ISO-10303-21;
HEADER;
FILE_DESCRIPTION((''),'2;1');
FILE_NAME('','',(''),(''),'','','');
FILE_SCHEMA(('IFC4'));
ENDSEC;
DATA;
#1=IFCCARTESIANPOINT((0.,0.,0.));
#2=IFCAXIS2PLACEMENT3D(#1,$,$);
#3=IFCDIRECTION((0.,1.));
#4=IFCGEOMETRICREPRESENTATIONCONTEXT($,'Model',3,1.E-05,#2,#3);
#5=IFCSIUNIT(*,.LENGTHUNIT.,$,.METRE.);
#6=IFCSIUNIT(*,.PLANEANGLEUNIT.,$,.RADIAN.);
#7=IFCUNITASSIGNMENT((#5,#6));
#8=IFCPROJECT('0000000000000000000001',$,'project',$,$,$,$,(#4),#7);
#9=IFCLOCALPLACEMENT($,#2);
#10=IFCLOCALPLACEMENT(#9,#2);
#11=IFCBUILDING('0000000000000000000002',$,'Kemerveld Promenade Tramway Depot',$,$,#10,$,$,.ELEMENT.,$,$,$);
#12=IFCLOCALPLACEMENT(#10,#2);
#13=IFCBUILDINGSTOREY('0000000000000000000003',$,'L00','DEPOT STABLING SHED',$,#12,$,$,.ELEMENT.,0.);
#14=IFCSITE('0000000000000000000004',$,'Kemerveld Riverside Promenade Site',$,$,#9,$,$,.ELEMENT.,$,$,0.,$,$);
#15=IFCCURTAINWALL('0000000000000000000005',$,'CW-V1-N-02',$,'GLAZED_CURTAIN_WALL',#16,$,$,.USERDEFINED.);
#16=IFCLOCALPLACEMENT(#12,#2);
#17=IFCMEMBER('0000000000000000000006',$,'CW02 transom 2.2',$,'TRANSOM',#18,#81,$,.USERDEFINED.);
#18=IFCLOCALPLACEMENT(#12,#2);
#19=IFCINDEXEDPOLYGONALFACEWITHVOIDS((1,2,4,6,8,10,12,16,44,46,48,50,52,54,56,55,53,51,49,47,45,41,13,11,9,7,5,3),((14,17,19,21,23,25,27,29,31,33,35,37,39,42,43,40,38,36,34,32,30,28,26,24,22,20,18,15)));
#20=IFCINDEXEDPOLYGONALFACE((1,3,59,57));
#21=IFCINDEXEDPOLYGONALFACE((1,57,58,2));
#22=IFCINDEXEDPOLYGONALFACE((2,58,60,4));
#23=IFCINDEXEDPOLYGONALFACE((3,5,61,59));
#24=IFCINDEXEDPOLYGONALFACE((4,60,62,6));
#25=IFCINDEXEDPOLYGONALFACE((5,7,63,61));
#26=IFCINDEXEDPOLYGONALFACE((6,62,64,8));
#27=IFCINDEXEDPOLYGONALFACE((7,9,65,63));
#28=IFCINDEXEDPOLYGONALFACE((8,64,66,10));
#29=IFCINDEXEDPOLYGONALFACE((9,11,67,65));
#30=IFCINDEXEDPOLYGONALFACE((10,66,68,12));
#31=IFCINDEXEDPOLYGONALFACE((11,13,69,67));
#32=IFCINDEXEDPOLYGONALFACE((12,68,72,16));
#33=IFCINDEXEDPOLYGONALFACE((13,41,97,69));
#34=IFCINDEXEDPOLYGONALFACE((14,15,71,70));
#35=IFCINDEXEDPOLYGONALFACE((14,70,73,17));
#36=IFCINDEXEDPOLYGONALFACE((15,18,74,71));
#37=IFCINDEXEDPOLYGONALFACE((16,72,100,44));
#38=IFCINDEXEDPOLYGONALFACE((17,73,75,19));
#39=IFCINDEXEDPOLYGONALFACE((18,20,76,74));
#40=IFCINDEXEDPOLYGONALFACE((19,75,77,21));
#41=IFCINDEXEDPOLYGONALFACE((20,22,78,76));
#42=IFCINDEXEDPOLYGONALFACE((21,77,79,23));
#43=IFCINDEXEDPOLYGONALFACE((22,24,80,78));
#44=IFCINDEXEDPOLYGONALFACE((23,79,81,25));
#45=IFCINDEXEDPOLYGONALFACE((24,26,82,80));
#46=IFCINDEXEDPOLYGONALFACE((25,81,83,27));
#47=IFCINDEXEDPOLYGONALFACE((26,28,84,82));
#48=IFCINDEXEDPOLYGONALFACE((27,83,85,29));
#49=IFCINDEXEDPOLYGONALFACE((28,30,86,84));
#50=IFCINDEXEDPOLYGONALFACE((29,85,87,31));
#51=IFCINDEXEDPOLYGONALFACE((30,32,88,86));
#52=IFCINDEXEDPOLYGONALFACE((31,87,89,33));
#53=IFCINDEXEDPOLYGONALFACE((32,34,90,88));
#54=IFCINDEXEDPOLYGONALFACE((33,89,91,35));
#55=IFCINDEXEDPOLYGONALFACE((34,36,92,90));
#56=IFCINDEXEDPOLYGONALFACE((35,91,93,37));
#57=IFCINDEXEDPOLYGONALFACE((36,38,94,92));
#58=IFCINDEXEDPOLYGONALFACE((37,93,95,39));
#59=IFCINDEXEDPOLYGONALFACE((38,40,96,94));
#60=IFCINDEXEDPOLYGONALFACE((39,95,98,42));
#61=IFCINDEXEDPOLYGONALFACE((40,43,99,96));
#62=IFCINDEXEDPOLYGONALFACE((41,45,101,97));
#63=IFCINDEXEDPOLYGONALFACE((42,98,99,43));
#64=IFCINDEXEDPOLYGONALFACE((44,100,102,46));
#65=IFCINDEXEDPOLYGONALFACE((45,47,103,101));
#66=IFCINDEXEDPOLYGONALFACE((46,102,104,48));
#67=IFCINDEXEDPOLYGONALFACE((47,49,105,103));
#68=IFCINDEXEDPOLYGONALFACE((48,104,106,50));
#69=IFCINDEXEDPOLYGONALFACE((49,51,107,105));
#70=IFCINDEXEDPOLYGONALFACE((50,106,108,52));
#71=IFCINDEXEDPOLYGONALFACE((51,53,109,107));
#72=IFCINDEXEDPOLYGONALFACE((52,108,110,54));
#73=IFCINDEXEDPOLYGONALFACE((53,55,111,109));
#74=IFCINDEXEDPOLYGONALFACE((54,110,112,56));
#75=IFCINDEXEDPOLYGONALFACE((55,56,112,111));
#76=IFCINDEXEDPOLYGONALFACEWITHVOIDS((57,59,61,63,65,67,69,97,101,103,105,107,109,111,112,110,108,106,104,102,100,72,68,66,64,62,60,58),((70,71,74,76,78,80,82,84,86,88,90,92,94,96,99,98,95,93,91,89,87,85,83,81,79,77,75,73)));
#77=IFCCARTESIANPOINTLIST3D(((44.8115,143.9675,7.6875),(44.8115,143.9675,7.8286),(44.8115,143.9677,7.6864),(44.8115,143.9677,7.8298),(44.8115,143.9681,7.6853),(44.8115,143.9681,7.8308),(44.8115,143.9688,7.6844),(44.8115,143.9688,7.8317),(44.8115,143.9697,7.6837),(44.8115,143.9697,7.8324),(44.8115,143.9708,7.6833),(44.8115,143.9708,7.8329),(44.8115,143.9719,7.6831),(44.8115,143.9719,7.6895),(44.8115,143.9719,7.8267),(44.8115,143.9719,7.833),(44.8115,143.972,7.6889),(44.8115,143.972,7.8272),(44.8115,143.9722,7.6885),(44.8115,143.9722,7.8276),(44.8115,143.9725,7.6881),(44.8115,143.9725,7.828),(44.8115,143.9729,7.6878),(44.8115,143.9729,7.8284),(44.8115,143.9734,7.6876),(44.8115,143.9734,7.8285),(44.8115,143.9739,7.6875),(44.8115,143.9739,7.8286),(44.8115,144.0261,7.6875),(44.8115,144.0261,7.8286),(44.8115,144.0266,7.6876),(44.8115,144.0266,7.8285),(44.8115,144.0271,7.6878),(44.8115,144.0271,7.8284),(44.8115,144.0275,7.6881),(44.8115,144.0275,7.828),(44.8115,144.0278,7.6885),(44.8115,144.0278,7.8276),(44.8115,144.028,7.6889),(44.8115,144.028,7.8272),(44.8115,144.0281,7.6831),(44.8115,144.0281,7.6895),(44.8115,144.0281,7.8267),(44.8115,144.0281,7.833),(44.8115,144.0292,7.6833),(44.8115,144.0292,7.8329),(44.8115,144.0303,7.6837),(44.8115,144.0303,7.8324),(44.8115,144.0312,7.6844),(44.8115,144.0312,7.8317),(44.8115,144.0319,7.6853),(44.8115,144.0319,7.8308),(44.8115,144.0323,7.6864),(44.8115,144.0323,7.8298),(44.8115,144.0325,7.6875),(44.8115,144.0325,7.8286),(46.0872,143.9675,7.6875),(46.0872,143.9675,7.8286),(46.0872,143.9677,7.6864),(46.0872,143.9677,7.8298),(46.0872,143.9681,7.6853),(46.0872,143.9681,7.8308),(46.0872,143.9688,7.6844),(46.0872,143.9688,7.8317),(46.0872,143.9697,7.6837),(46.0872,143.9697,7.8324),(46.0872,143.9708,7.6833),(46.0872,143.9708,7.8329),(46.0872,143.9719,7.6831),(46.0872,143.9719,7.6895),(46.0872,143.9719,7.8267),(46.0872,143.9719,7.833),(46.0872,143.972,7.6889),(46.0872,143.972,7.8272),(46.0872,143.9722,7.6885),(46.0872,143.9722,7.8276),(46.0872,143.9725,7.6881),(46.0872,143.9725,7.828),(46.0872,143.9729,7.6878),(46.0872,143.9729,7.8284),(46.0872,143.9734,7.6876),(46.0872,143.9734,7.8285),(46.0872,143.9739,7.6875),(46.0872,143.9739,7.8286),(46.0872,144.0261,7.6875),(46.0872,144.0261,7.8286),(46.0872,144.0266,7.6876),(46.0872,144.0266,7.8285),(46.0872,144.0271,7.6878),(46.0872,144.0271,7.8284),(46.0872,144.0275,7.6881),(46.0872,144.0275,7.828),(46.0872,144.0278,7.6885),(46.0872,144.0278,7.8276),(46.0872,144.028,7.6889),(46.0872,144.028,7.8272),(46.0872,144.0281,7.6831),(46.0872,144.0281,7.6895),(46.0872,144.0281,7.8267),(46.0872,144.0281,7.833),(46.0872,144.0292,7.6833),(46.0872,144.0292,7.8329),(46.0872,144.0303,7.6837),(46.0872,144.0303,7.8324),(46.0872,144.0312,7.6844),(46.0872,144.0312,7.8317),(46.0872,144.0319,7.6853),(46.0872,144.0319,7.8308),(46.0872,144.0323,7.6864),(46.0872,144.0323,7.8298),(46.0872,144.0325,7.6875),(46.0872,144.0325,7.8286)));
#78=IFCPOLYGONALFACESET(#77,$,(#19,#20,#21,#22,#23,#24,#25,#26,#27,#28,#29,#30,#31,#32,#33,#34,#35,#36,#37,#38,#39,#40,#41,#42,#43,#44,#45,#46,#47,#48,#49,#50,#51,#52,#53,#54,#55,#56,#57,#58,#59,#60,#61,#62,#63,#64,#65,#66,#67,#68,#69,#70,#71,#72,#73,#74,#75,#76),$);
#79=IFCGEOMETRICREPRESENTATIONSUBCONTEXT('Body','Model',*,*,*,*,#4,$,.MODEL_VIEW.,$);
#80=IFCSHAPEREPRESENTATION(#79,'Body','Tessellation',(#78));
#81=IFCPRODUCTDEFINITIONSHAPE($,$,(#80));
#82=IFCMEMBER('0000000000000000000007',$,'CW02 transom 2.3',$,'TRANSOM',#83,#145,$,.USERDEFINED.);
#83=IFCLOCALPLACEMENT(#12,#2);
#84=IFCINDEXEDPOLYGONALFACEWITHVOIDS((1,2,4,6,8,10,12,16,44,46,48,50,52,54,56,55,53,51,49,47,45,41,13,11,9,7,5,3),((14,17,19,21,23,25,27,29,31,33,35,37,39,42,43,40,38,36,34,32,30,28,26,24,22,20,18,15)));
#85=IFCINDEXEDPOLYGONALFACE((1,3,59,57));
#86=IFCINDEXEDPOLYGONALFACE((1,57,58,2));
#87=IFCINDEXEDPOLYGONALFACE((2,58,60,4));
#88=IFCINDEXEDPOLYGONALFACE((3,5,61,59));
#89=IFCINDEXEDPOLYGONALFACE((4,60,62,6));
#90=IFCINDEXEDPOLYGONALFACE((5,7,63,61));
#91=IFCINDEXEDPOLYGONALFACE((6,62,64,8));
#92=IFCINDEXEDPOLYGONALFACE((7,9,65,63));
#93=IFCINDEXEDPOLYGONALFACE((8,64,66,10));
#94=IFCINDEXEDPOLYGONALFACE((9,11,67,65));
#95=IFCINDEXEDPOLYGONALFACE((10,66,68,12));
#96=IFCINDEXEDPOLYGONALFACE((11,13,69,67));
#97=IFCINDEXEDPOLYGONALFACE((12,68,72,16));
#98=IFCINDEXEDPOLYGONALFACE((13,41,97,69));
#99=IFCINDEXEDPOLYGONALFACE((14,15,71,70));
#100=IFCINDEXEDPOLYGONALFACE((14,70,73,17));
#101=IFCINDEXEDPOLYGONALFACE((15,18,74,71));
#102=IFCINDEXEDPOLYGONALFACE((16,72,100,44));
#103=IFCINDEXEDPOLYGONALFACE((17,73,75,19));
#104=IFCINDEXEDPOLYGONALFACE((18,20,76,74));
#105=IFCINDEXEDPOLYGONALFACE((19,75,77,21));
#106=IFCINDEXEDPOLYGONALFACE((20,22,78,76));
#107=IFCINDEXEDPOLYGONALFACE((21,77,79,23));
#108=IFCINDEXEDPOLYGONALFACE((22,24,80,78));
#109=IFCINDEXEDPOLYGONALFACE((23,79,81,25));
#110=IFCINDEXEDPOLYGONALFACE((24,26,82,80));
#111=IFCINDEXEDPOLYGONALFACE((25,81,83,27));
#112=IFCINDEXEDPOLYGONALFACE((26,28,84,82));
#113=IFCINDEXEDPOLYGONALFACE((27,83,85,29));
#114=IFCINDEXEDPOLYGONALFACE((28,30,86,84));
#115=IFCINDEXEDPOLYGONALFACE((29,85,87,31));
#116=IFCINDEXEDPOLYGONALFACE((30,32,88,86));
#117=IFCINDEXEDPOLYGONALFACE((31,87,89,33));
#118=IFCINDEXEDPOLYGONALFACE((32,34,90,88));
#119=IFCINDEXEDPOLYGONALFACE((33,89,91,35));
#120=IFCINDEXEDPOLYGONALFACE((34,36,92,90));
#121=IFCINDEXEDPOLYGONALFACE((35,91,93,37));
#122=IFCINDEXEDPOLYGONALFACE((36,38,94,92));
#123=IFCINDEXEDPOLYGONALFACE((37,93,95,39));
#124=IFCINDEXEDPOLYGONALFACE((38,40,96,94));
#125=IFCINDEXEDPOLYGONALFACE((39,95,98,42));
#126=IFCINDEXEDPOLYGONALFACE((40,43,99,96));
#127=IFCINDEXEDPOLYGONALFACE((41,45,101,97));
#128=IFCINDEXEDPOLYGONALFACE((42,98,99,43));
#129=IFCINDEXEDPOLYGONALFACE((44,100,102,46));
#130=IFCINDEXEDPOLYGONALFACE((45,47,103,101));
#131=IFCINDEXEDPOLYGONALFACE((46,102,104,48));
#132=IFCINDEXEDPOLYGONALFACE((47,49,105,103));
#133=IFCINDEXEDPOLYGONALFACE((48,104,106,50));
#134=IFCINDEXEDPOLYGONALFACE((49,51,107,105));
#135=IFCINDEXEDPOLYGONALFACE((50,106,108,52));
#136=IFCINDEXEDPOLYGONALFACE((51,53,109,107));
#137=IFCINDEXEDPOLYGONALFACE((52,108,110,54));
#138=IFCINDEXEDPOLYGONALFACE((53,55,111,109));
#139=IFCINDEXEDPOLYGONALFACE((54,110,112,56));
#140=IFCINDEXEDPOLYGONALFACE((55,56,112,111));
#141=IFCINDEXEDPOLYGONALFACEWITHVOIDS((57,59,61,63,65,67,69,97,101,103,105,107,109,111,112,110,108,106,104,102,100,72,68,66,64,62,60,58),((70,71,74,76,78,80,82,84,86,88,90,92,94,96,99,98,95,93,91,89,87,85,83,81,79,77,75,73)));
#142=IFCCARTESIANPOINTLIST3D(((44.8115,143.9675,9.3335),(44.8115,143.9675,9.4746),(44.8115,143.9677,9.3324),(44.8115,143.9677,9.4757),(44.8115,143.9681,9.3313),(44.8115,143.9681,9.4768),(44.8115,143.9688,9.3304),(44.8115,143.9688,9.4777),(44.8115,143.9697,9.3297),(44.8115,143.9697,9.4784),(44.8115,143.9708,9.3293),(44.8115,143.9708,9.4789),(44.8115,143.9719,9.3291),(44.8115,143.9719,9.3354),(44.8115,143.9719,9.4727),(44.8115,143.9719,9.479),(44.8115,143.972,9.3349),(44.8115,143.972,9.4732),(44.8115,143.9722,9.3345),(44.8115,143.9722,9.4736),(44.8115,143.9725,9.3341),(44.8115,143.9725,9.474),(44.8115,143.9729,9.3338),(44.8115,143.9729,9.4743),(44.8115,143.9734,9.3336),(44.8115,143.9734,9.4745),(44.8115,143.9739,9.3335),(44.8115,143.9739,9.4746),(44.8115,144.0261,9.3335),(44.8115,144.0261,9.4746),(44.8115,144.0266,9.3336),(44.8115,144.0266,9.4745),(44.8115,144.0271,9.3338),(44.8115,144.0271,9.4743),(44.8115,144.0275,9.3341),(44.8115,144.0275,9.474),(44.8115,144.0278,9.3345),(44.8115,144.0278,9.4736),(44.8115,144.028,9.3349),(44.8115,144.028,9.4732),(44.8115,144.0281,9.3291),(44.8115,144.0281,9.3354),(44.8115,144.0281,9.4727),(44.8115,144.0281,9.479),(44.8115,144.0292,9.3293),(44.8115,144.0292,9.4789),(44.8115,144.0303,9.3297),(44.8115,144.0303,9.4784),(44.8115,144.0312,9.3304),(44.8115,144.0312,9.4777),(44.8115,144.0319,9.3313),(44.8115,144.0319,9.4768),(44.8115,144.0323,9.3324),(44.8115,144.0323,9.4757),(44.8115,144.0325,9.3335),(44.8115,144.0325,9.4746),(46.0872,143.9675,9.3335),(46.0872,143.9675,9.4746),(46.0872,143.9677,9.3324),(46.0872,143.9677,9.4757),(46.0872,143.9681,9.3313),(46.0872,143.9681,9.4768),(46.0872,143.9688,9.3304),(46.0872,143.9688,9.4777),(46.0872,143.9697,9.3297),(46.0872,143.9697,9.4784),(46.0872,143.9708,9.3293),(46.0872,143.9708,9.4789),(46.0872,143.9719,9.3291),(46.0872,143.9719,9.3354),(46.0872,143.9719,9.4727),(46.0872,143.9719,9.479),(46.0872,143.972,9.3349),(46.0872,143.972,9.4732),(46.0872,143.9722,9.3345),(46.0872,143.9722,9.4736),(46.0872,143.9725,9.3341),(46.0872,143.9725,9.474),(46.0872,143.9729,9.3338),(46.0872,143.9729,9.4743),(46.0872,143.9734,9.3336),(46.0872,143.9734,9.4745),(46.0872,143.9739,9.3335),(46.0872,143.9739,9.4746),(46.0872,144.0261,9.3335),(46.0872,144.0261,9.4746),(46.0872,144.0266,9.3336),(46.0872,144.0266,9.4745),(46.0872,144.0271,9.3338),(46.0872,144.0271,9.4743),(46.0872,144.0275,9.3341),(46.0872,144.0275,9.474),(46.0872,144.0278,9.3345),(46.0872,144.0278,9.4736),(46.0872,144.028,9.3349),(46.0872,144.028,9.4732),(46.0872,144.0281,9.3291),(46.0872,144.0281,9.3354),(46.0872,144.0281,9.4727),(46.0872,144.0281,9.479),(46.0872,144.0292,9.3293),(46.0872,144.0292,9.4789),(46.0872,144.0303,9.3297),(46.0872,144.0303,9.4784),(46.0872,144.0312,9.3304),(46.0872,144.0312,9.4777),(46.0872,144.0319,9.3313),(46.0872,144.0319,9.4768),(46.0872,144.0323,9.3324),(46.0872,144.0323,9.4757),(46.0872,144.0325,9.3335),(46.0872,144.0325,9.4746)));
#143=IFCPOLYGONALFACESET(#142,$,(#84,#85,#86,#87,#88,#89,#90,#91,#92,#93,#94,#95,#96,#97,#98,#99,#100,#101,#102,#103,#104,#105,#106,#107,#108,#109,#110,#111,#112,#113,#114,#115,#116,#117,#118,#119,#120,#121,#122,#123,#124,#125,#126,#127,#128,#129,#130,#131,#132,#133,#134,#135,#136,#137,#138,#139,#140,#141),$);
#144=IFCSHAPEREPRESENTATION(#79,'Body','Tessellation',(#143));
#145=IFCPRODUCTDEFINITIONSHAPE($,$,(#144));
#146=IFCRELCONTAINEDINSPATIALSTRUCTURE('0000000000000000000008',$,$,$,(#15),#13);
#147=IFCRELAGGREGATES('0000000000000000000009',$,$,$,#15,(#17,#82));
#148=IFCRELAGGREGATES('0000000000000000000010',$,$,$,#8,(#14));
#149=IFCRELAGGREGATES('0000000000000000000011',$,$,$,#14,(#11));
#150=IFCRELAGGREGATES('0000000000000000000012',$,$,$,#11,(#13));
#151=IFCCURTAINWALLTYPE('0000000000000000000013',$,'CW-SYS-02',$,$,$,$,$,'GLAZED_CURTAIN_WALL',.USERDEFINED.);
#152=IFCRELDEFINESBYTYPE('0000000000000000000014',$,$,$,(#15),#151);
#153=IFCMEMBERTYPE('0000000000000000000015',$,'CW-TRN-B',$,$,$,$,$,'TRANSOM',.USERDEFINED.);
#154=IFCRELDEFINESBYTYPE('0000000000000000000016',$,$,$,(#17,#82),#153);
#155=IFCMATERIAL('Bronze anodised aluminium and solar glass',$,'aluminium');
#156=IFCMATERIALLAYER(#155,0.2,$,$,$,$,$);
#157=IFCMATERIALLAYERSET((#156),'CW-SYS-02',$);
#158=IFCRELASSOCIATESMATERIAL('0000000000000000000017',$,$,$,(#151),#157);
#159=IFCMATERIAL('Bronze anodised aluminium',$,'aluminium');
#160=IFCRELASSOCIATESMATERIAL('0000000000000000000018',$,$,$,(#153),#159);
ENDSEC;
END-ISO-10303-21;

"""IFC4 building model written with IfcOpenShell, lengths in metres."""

from ifc_helpers import new_model, si_unit, direction, frame, origin, origin_2d, place, context, subcontext, project, spatial, hollow_rectangle, extrude, material, layer, layer_set, material_profile, profile_set, type_object, element, aggregate, save


model = new_model("IFC4")

# Units and contexts
model_context = context("Model", 3, precision=1e-05, world=origin(), true_north=direction((0.0, 1.0)))
body_context = subcontext(model_context, "Body", "Model", "MODEL_VIEW")
ifc_project = project(units=[si_unit("LENGTHUNIT", "METRE"), si_unit("PLANEANGLEUNIT", "RADIAN")], contexts=[model_context])

# Site, building, storey
site_placement = place(None, origin())
site = spatial("IfcSite", under=ifc_project, at=site_placement, Name="Kemerveld Riverside Promenade Site", CompositionType="ELEMENT", RefElevation=0.0)
building_placement = place(site_placement, origin())
building = spatial("IfcBuilding", under=site, at=building_placement, Name="Kemerveld Promenade Tramway Depot", CompositionType="ELEMENT")
storey_placement = place(building_placement, origin())
storey = spatial("IfcBuildingStorey", under=building, at=storey_placement, Name="L00", Description="DEPOT STABLING SHED", CompositionType="ELEMENT", Elevation=0.0)

# Curtain wall, members
ifc_material_1 = material(Name="Bronze anodised aluminium and solar glass", Category="aluminium")
ifc_material_2 = material(Name="Bronze anodised aluminium", Category="aluminium")
ifc_layer_1 = layer(ifc_material_1, 0.2)
ifc_layer_set_1 = layer_set([ifc_layer_1], Name="CW-SYS-02")
curtain_wall_type_1 = type_object("IfcCurtainWallType", Name="CW-SYS-02", ElementType="GLAZED_CURTAIN_WALL", PredefinedType="USERDEFINED", material=ifc_layer_set_1)
curtain_wall_1_placement = place(storey_placement, origin())
curtain_wall_1 = element("IfcCurtainWall", 1, at=curtain_wall_1_placement, inside=storey, type_object=curtain_wall_type_1, Name="CW-V1-N-02", ObjectType="GLAZED_CURTAIN_WALL", PredefinedType="USERDEFINED")
ifc_material_profile_1 = material_profile(ifc_material_2, hollow_rectangle(XDim=0.0649, YDim=0.1499, WallThickness=0.0044, InnerFilletRadius=0.002, OuterFilletRadius=0.0044, at=origin_2d()), Name="CW-TRN-150x65")
ifc_profile_set_1 = profile_set([ifc_material_profile_1], Name="Bronze anodised aluminium")
member_type_1 = type_object("IfcMemberType", Name="CW-TRN-B", ElementType="TRANSOM", PredefinedType="USERDEFINED", material=ifc_profile_set_1)
member_1_placement = place(storey_placement, frame((44.8115, 144.0, 7.7581), z_axis=(1.0, 0.0, 0.0), x_axis=(0.0, 1.0, 0.0)))
member_1 = element("IfcMember", 2, at=member_1_placement, type_object=member_type_1, Name="CW02 transom 2.2", ObjectType="TRANSOM", PredefinedType="USERDEFINED", context=body_context, shape_type="SweptSolid", body=[
    extrude(hollow_rectangle(XDim=0.0649, YDim=0.1499, WallThickness=0.0044, InnerFilletRadius=0.002, OuterFilletRadius=0.0044, at=origin_2d()), origin(), (0.0, 0.0, 1.0), 1.2756),
])
member_2_placement = place(storey_placement, frame((44.8115, 144.0, 9.4041), z_axis=(1.0, 0.0, 0.0), x_axis=(0.0, 1.0, 0.0)))
member_2 = element("IfcMember", 3, at=member_2_placement, type_object=member_type_1, Name="CW02 transom 2.3", ObjectType="TRANSOM", PredefinedType="USERDEFINED", context=body_context, shape_type="SweptSolid", body=[
    extrude(hollow_rectangle(XDim=0.0649, YDim=0.1499, WallThickness=0.0044, InnerFilletRadius=0.002, OuterFilletRadius=0.0044, at=origin_2d()), origin(), (0.0, 0.0, 1.0), 1.2756),
])

aggregate(curtain_wall_1, [member_1, member_2])

save(model, "model.ifc")
